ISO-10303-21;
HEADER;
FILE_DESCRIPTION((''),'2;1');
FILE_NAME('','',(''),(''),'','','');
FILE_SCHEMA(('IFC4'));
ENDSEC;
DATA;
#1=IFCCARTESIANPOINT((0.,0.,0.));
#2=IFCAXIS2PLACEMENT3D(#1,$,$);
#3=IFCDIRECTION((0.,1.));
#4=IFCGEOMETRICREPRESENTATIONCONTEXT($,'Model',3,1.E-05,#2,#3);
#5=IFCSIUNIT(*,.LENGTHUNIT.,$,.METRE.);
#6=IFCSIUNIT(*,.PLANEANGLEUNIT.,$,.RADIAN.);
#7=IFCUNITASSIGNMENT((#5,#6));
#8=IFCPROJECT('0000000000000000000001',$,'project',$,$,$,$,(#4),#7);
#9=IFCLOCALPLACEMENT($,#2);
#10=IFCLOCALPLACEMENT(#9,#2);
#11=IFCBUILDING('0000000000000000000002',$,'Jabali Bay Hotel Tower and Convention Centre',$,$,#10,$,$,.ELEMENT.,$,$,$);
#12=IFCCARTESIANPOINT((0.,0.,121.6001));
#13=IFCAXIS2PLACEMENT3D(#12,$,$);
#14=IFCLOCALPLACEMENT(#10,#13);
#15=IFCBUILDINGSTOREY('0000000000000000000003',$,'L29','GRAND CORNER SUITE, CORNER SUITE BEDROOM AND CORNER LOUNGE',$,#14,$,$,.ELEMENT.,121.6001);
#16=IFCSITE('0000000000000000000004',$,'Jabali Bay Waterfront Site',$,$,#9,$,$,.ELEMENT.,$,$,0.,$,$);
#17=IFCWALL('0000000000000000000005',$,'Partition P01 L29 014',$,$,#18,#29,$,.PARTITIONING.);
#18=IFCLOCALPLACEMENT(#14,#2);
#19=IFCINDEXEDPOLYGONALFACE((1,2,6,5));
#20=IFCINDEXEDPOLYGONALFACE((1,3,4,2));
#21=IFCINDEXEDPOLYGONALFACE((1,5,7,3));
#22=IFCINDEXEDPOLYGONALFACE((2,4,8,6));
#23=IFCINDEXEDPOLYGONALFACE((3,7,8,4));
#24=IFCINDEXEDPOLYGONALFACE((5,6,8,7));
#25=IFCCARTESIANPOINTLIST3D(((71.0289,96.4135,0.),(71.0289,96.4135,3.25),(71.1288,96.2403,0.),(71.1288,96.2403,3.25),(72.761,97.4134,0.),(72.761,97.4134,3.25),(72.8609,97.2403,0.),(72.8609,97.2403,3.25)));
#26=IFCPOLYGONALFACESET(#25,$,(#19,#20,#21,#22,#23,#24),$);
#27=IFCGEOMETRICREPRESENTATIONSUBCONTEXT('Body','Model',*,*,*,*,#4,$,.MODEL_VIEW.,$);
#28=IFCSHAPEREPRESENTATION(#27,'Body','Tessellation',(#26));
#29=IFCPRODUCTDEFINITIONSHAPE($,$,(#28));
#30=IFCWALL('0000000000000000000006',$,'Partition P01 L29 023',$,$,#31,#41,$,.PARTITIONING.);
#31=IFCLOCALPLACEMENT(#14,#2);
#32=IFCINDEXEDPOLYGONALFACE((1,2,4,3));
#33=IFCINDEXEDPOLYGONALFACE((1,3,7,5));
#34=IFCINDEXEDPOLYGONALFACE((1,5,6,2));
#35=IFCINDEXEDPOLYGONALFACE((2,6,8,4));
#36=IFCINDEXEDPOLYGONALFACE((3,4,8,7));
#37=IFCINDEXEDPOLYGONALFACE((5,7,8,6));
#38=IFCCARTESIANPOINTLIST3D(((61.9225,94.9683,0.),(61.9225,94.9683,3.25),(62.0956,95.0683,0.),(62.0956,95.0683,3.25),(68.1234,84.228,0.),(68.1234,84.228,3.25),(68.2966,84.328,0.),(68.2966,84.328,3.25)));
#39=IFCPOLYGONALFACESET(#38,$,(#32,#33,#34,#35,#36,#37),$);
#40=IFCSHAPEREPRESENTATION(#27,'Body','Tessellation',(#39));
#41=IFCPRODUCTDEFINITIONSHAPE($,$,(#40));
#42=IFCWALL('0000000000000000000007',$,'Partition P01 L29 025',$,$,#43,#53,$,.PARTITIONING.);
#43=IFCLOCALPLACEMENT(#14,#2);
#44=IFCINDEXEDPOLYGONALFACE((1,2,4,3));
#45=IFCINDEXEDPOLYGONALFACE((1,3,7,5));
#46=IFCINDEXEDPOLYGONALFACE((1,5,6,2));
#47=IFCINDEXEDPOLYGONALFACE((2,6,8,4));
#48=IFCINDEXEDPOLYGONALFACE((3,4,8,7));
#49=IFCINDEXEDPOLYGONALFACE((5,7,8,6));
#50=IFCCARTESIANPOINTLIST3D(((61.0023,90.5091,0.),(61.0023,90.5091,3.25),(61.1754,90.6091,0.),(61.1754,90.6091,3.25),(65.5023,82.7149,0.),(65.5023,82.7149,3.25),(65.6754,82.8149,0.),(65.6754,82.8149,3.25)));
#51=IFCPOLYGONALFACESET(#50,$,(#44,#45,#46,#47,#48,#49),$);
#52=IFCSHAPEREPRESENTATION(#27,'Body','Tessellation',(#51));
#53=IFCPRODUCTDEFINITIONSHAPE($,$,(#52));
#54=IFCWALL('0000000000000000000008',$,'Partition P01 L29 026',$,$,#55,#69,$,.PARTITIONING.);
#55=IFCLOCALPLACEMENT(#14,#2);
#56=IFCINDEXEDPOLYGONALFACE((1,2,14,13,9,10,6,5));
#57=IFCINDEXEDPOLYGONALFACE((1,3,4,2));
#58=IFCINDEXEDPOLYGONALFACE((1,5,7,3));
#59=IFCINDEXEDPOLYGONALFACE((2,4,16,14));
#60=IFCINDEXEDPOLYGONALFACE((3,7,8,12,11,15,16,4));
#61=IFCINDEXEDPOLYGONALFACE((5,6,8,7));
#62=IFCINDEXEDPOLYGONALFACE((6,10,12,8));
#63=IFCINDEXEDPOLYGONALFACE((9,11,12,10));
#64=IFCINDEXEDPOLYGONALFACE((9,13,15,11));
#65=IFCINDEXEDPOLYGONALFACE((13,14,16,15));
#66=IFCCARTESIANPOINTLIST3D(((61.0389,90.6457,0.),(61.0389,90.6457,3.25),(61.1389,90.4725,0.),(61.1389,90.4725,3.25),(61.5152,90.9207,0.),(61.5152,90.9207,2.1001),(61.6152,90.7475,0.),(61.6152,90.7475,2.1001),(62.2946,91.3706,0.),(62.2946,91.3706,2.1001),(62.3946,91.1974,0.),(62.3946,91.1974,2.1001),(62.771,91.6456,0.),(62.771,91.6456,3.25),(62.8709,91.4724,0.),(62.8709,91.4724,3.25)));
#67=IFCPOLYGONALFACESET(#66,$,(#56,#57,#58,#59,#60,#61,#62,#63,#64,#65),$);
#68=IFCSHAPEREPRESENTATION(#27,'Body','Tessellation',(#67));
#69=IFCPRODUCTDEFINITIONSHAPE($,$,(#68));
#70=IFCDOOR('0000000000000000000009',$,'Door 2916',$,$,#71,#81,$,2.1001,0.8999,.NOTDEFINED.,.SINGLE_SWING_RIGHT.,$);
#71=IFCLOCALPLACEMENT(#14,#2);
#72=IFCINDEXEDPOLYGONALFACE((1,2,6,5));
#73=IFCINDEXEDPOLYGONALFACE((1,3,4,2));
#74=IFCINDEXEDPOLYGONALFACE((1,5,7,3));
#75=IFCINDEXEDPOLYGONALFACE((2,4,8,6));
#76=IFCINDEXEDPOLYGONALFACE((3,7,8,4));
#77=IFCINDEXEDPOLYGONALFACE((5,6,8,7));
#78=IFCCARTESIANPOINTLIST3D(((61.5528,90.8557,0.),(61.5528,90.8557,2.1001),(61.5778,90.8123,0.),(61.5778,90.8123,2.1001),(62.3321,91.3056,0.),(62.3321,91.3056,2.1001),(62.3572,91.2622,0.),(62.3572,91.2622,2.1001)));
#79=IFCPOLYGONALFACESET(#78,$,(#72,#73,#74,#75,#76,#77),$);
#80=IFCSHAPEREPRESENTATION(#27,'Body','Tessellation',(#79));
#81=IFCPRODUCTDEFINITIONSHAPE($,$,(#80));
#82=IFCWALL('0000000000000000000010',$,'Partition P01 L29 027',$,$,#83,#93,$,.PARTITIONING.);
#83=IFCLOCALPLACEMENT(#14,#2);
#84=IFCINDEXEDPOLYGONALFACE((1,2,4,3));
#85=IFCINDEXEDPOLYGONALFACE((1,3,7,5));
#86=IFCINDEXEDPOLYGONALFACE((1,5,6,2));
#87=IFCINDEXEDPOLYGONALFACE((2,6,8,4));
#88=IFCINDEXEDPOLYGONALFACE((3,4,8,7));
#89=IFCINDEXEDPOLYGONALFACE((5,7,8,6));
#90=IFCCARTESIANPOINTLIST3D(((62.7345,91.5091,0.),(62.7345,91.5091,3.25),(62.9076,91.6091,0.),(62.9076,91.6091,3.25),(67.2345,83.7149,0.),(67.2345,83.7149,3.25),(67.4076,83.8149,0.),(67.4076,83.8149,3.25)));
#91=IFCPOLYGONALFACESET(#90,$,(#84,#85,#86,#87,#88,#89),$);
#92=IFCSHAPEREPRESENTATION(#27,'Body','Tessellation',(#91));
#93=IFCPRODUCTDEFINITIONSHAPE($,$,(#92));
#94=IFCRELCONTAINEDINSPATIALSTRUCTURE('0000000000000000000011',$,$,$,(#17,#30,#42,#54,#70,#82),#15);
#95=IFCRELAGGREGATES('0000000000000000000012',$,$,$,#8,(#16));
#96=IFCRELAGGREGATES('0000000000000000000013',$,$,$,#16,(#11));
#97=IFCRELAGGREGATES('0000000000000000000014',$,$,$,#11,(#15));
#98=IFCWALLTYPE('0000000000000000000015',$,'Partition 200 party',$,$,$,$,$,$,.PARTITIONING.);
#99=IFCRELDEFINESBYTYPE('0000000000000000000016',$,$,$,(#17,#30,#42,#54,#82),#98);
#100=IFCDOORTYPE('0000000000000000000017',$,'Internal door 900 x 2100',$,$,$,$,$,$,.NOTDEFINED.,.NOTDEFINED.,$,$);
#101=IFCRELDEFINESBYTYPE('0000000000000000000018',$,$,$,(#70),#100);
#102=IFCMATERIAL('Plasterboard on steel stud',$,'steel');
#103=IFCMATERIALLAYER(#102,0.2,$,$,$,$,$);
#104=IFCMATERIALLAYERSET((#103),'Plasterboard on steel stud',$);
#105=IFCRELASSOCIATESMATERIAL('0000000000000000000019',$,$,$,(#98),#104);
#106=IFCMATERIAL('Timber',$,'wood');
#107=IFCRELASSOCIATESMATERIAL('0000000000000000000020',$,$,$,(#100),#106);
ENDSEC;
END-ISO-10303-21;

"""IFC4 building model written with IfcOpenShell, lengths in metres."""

from ifc_helpers import new_model, si_unit, direction, frame, frame_2d, origin, place, context, subcontext, project, spatial, rectangle, extrude, material, layer, layer_set, type_object, element, fill, save


model = new_model("IFC4")

# Units and contexts
model_context = context("Model", 3, precision=1e-05, world=origin(), true_north=direction((0.0, 1.0)))
body_context = subcontext(model_context, "Body", "Model", "MODEL_VIEW")
ifc_project = project(units=[si_unit("LENGTHUNIT", "METRE"), si_unit("PLANEANGLEUNIT", "RADIAN")], contexts=[model_context])

# Site, building, storey
site_placement = place(None, origin())
site = spatial("IfcSite", under=ifc_project, at=site_placement, Name="Jabali Bay Waterfront Site", CompositionType="ELEMENT", RefElevation=0.0)
building_placement = place(site_placement, origin())
building = spatial("IfcBuilding", under=site, at=building_placement, Name="Jabali Bay Hotel Tower and Convention Centre", CompositionType="ELEMENT")
storey_placement = place(building_placement, frame((0.0, 0.0, 121.6001)))
storey = spatial("IfcBuildingStorey", under=building, at=storey_placement, Name="L29", Description="GRAND CORNER SUITE, CORNER SUITE BEDROOM AND CORNER LOUNGE", CompositionType="ELEMENT", Elevation=121.6001)

# Shared definitions
ifc_material_1 = material(Name="Timber", Category="wood")

# Shared definitions
ifc_material_2 = material(Name="Plasterboard on steel stud", Category="steel")

# Shared definitions
ifc_layer_1 = layer(ifc_material_2, 0.2)
ifc_layer_set_1 = layer_set([ifc_layer_1], Name="Plasterboard on steel stud")
wall_type_1 = type_object("IfcWallType", Name="Partition 200 party", PredefinedType="PARTITIONING", material=ifc_layer_set_1)
door_type_1 = type_object("IfcDoorType", Name="Internal door 900 x 2100", OperationType="NOTDEFINED", PredefinedType="NOTDEFINED", material=ifc_material_1)

# Walls
wall_1_placement = place(storey_placement, frame((71.0789, 96.3269, 0.0), z_axis=(0.0, 0.0, 1.0), x_axis=(0.866041, 0.499973, 0.0)))
element("IfcWall", 1, at=wall_1_placement, inside=storey, type_object=wall_type_1, Name="Partition P01 L29 014", PredefinedType="PARTITIONING", context=body_context, shape_type="SweptSolid", body=[
    extrude(rectangle(XDim=2.0, YDim=0.2, at=frame_2d((1.0, 0.0))), origin(), (0.0, 0.0, 1.0), 3.25),
])
wall_2_placement = place(storey_placement, frame((62.009, 95.0183, 0.0), z_axis=(0.0, 0.0, 1.0), x_axis=(0.500003, -0.866024, 0.0)))
element("IfcWall", 2, at=wall_2_placement, inside=storey, type_object=wall_type_1, Name="Partition P01 L29 023", PredefinedType="PARTITIONING", context=body_context, shape_type="SweptSolid", body=[
    extrude(rectangle(XDim=12.4019, YDim=0.2, at=frame_2d((6.2009, 0.0))), origin(), (0.0, 0.0, 1.0), 3.25),
])
wall_3_placement = place(storey_placement, frame((65.5889, 82.7649, 0.0), z_axis=(0.0, 0.0, 1.0), x_axis=(-0.500002, 0.866024, 0.0)))
element("IfcWall", 3, at=wall_3_placement, inside=storey, type_object=wall_type_1, Name="Partition P01 L29 025", PredefinedType="PARTITIONING", context=body_context, shape_type="SweptSolid", body=[
    extrude(rectangle(XDim=9.0, YDim=0.2, at=frame_2d((4.5, 0.0))), origin(), (0.0, 0.0, 1.0), 3.25),
])

# Wall, opening, door
wall_4_placement = place(storey_placement, frame((61.0889, 90.5591, 0.0), z_axis=(0.0, 0.0, 1.0), x_axis=(0.866041, 0.499973, 0.0)))
wall_4 = element("IfcWall", 4, at=wall_4_placement, inside=storey, type_object=wall_type_1, Name="Partition P01 L29 026", PredefinedType="PARTITIONING", context=body_context, shape_type="SweptSolid", body=[
    extrude(rectangle(XDim=2.0, YDim=0.2, at=frame_2d((1.0, 0.0))), origin(), (0.0, 0.0, 1.0), 3.25),
])
opening_1_placement = place(wall_4_placement, frame((0.55, 0.0, 0.0)))
opening_1 = element("IfcOpeningElement", 5, at=opening_1_placement, cuts=wall_4, PredefinedType="OPENING", context=body_context, shape_type="SweptSolid", body=[
    extrude(rectangle(XDim=0.8999, YDim=2.1001, at=frame_2d((0.45, 1.05))), frame((0.0, 0.1104, 0.0), z_axis=(0.0, -1.0, 0.0), x_axis=(1.0, 0.0, 0.0)), (0.0, 0.0, 1.0), 0.2209),
])
door_1_placement = place(opening_1_placement, origin())
door_1 = element("IfcDoor", 6, at=door_1_placement, inside=storey, type_object=door_type_1, Name="Door 2916", OperationType="SINGLE_SWING_RIGHT", OverallHeight=2.1001, OverallWidth=0.8999, PredefinedType="NOTDEFINED", context=body_context, shape_type="SweptSolid", body=[
    extrude(rectangle(XDim=0.8999, YDim=2.1001, at=frame_2d((0.45, 1.05))), frame((0.0, 0.0249, 0.0), z_axis=(0.0, -1.0, 0.0), x_axis=(1.0, 0.0, 0.0)), (0.0, 0.0, 1.0), 0.05),
])
fill(opening_1, door_1)

# Wall
wall_5_placement = place(storey_placement, frame((62.821, 91.5591, 0.0), z_axis=(0.0, 0.0, 1.0), x_axis=(0.500002, -0.866024, 0.0)))
element("IfcWall", 7, at=wall_5_placement, inside=storey, type_object=wall_type_1, Name="Partition P01 L29 027", PredefinedType="PARTITIONING", context=body_context, shape_type="SweptSolid", body=[
    extrude(rectangle(XDim=9.0, YDim=0.2, at=frame_2d((4.5, 0.0))), origin(), (0.0, 0.0, 1.0), 3.25),
])

save(model, "model.ifc")
